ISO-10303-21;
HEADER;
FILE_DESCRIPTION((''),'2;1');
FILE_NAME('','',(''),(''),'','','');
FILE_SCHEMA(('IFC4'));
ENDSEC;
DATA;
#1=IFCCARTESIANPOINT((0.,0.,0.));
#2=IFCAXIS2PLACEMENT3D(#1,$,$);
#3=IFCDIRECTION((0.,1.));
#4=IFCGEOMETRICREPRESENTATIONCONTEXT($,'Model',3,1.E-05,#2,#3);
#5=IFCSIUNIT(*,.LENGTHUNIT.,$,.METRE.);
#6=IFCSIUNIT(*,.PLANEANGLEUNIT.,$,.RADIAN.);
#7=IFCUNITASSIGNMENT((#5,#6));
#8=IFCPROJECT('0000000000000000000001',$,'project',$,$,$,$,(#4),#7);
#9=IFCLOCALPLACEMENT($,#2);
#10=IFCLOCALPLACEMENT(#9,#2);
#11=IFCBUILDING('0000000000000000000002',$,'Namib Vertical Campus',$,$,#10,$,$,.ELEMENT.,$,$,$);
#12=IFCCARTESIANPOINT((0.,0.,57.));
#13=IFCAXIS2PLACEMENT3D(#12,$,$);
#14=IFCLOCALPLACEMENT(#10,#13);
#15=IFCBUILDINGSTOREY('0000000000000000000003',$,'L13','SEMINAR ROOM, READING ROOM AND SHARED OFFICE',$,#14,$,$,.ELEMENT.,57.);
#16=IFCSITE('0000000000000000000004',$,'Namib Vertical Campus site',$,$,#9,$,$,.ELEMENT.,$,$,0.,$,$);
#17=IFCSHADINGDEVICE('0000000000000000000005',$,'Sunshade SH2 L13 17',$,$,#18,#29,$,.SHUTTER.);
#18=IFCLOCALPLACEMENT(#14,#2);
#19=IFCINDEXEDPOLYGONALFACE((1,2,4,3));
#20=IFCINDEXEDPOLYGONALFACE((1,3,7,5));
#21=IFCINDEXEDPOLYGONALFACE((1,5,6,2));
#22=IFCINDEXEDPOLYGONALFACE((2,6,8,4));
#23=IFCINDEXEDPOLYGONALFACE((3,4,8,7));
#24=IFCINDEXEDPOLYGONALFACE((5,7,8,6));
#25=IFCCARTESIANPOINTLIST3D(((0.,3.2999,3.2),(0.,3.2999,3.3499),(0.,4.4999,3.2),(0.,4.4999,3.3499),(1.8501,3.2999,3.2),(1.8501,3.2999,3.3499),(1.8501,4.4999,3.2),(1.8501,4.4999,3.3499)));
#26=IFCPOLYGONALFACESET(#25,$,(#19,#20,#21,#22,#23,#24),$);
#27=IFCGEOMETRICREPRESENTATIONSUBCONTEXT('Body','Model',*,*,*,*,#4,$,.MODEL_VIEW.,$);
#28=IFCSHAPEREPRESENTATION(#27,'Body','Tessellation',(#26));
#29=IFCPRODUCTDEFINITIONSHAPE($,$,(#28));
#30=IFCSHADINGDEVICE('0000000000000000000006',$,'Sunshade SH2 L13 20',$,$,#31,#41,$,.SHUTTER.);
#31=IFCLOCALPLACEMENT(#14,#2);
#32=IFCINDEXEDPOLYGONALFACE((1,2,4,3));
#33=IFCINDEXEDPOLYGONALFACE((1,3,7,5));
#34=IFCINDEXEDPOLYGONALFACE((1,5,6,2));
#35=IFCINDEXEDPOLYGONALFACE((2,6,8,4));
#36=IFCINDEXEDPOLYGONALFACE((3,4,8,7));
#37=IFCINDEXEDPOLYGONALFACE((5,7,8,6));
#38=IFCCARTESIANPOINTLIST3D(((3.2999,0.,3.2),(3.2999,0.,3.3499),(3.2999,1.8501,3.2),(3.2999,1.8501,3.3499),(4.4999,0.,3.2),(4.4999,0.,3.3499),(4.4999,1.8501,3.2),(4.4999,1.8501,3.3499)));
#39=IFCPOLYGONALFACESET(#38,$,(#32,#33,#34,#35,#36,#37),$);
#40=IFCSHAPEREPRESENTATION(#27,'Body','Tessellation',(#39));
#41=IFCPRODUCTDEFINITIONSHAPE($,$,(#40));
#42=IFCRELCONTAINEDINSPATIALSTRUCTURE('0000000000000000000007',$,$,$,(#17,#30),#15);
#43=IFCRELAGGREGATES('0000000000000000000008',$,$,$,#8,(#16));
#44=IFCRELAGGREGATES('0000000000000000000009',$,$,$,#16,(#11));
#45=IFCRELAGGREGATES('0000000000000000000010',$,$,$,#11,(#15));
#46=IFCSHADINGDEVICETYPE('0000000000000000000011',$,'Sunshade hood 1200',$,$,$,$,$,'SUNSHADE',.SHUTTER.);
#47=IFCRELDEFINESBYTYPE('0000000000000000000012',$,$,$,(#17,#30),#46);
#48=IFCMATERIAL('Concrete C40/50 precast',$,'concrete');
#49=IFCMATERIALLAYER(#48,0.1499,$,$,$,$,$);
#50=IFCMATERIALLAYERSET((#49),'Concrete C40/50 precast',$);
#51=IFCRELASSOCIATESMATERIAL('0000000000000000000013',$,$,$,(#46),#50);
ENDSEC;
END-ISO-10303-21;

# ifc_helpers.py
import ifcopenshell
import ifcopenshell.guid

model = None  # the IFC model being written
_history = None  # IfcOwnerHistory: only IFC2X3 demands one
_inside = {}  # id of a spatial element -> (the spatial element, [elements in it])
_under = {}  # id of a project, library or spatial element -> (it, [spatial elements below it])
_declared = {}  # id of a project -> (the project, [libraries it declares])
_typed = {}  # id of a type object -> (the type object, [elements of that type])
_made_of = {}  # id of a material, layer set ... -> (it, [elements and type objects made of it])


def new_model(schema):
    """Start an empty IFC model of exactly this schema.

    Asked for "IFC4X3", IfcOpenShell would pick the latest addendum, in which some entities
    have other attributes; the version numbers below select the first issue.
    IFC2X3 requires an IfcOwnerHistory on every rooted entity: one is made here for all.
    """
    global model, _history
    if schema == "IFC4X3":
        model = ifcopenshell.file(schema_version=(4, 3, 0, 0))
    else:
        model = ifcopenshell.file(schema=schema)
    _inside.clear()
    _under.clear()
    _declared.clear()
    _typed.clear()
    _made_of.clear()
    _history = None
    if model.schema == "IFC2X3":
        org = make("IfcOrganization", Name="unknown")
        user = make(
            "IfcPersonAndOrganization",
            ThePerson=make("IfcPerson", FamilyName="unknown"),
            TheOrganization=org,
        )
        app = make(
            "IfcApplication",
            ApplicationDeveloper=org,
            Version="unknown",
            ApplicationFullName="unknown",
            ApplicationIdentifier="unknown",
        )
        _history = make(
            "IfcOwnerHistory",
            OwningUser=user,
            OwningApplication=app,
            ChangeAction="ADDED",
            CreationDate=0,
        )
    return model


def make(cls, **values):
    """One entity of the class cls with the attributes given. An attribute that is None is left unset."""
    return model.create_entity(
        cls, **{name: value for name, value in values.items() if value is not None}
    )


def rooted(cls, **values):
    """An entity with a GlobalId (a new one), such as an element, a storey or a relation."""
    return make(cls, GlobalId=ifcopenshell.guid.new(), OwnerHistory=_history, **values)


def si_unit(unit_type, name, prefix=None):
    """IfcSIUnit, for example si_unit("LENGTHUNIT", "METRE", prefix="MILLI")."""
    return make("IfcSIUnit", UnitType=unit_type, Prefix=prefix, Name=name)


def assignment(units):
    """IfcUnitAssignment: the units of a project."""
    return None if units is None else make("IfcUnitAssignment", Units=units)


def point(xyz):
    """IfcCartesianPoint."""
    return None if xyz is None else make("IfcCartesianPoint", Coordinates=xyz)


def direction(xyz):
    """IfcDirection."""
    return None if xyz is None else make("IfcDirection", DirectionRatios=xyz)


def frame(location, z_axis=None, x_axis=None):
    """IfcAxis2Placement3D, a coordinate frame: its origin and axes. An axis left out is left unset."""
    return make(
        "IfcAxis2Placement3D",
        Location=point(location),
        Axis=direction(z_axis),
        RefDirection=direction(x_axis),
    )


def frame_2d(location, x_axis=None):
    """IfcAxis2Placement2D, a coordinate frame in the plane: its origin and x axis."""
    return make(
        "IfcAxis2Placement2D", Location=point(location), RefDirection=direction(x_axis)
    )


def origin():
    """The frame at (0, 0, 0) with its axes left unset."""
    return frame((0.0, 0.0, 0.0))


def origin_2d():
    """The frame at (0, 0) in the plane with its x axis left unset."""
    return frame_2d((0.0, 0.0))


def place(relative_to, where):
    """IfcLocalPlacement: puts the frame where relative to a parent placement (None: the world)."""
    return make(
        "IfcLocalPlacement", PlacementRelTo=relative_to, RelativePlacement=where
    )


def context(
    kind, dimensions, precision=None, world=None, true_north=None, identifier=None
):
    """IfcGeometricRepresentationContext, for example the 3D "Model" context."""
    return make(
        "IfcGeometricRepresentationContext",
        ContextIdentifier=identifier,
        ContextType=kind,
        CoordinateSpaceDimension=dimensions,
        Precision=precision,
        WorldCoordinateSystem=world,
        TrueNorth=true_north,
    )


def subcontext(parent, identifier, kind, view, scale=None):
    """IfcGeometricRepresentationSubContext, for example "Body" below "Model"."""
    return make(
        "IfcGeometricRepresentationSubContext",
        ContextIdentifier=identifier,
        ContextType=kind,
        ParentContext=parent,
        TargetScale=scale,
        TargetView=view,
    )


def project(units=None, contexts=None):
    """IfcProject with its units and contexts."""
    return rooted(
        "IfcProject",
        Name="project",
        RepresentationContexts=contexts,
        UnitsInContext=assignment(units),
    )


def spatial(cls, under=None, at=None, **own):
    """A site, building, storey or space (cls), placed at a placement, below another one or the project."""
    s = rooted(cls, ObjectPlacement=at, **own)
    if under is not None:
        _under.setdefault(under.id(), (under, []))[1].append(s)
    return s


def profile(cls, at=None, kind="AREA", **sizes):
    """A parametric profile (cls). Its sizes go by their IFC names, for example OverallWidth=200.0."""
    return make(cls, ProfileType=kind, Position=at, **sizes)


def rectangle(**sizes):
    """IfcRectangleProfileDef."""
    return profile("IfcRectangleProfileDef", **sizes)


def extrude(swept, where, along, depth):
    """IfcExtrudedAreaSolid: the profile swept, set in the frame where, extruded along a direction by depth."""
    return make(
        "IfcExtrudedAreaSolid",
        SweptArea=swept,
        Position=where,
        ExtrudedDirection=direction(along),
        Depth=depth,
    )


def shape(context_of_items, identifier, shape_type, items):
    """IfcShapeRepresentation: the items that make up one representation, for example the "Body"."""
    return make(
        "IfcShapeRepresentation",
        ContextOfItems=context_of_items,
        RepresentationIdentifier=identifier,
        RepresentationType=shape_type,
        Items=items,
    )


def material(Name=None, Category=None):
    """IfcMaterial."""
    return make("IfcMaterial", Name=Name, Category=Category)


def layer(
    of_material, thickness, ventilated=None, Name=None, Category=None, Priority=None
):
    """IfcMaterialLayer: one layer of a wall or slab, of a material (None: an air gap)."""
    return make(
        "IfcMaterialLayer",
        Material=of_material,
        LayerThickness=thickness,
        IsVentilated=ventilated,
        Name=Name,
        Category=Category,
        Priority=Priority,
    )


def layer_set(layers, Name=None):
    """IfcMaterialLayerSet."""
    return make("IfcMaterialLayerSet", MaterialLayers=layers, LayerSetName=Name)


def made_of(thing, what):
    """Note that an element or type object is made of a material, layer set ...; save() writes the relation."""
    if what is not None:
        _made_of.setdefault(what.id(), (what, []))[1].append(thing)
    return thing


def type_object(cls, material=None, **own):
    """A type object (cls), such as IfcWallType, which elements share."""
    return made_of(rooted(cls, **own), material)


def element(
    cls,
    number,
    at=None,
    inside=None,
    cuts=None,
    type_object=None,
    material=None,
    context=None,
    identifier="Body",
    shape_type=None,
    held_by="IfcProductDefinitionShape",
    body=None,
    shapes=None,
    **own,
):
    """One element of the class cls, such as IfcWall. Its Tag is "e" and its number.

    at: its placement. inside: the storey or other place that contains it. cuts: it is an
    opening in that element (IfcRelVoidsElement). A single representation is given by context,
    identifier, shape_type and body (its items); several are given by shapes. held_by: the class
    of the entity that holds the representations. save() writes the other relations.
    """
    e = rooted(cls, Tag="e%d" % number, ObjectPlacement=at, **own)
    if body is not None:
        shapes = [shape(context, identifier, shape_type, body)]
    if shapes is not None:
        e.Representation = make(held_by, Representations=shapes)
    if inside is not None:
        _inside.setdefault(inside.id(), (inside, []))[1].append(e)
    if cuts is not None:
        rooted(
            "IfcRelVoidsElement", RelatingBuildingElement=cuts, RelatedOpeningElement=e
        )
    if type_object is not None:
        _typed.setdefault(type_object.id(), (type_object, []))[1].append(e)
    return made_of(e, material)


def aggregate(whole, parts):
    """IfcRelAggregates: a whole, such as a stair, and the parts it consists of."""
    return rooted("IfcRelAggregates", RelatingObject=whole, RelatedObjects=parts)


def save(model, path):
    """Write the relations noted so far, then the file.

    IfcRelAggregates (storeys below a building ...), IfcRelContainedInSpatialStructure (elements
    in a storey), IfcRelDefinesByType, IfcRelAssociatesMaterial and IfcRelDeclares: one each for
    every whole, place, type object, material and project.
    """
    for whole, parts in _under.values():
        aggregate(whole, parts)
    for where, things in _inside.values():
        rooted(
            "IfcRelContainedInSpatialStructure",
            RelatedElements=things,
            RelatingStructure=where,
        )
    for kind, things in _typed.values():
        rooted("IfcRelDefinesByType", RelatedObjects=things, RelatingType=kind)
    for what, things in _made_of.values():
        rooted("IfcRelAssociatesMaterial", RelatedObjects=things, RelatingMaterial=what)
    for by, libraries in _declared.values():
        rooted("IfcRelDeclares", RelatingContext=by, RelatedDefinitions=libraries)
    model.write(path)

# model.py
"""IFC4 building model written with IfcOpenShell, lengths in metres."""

from ifc_helpers import new_model, si_unit, direction, frame, origin, origin_2d, place, context, subcontext, project, spatial, rectangle, extrude, material, layer, layer_set, type_object, element, save


model = new_model("IFC4")

# Units and contexts
model_context = context("Model", 3, precision=1e-05, world=origin(), true_north=direction((0.0, 1.0)))
body_context = subcontext(model_context, "Body", "Model", "MODEL_VIEW")
ifc_project = project(units=[si_unit("LENGTHUNIT", "METRE"), si_unit("PLANEANGLEUNIT", "RADIAN")], contexts=[model_context])

# Site, building, storey
site_placement = place(None, origin())
site = spatial("IfcSite", under=ifc_project, at=site_placement, Name="Namib Vertical Campus site", CompositionType="ELEMENT", RefElevation=0.0)
building_placement = place(site_placement, origin())
building = spatial("IfcBuilding", under=site, at=building_placement, Name="Namib Vertical Campus", CompositionType="ELEMENT")
storey_placement = place(building_placement, frame((0.0, 0.0, 57.0)))
storey = spatial("IfcBuildingStorey", under=building, at=storey_placement, Name="L13", Description="SEMINAR ROOM, READING ROOM AND SHARED OFFICE", CompositionType="ELEMENT", Elevation=57.0)

# Shading devices
ifc_material_1 = material(Name="Concrete C40/50 precast", Category="concrete")
ifc_layer_1 = layer(ifc_material_1, 0.1499)
ifc_layer_set_1 = layer_set([ifc_layer_1], Name="Concrete C40/50 precast")
shading_device_type = type_object("IfcShadingDeviceType", Name="Sunshade hood 1200", ElementType="SUNSHADE", PredefinedType="SHUTTER", material=ifc_layer_set_1)
for number, where, z_axis, x_axis, name in (
    (1, (0.925, 3.8999, 3.2), (0.0, 0.0, 1.0), (1.0, 0.0, 0.0), "Sunshade SH2 L13 17"),
    (2, (3.8999, 0.925, 3.2), (0.0, 0.0, 1.0), (0.0, -1.0, 0.0), "Sunshade SH2 L13 20"),
):
    element("IfcShadingDevice", number, at=place(storey_placement, frame(where, z_axis=z_axis, x_axis=x_axis)), inside=storey, type_object=shading_device_type, Name=name, PredefinedType="SHUTTER", context=body_context, shape_type="SweptSolid", body=[
        extrude(rectangle(XDim=1.8501, YDim=1.2, at=origin_2d()), origin(), (0.0, 0.0, 1.0), 0.1499),
    ])

save(model, "model.ifc")
